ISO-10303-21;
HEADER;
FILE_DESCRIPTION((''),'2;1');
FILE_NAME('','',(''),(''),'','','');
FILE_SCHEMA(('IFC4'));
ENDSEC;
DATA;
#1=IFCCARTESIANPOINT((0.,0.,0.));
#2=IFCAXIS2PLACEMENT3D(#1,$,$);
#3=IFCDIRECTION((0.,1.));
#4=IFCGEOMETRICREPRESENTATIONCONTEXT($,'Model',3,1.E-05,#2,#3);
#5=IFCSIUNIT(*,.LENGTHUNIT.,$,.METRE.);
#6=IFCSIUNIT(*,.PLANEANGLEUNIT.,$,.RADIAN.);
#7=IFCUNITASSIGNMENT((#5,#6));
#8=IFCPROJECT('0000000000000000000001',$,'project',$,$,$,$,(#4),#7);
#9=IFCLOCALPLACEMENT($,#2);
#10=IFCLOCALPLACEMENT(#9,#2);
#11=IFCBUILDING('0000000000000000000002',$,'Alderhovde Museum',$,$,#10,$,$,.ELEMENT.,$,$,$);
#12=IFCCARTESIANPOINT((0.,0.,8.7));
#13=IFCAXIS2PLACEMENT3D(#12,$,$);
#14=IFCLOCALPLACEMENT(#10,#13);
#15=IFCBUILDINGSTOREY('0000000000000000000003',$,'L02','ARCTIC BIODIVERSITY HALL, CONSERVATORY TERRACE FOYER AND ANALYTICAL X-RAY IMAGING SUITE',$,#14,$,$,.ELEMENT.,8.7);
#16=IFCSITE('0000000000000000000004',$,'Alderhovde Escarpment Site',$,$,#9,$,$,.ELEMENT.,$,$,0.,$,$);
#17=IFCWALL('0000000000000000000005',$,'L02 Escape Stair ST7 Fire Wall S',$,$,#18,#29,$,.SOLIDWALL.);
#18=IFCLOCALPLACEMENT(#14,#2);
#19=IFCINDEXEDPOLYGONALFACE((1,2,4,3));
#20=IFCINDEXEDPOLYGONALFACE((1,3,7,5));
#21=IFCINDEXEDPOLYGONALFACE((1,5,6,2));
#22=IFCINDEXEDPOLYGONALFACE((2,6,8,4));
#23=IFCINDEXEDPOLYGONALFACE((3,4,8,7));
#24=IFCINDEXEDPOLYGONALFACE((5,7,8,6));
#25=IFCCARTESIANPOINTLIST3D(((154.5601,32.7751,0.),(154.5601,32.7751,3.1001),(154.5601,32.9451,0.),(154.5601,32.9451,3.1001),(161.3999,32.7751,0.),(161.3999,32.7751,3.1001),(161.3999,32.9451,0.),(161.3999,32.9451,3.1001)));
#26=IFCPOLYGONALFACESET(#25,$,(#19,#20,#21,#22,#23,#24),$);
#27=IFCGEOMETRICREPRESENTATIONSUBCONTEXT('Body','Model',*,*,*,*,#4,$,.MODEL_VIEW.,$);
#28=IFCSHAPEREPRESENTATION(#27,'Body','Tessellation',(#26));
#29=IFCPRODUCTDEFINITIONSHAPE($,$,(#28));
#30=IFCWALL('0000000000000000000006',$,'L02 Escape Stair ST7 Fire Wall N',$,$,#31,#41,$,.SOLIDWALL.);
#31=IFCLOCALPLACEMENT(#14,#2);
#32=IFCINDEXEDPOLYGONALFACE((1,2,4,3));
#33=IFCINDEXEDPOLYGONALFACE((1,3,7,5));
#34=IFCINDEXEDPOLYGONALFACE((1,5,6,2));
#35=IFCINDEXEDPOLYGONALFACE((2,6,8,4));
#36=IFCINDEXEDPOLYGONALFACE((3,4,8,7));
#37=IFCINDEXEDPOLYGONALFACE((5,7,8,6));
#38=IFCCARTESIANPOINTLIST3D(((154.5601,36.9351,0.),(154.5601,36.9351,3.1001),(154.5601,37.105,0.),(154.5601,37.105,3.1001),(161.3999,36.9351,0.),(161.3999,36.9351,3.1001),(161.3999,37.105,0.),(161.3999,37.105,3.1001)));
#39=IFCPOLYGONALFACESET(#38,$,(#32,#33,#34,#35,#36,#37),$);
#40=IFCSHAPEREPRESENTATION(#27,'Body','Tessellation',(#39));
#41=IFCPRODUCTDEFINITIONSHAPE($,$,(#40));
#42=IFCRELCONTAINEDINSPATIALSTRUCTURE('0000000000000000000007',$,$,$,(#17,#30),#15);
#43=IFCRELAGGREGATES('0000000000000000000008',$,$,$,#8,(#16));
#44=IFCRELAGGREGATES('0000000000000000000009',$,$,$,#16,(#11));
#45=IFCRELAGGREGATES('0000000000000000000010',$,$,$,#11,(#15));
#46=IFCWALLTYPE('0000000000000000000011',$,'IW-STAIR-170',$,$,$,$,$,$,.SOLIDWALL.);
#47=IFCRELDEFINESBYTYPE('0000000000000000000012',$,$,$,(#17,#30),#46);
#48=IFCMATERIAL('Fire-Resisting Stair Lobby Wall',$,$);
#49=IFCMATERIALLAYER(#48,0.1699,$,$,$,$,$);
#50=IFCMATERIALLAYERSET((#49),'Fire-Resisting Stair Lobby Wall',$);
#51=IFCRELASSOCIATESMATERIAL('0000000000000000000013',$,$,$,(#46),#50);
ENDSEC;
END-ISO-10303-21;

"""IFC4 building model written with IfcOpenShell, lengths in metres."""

from ifc_helpers import new_model, si_unit, direction, frame, frame_2d, origin, place, context, subcontext, project, spatial, rectangle, extrude, material, layer, layer_set, type_object, element, save


model = new_model("IFC4")

# Units and contexts
model_context = context("Model", 3, precision=1e-05, world=origin(), true_north=direction((0.0, 1.0)))
body_context = subcontext(model_context, "Body", "Model", "MODEL_VIEW")
ifc_project = project(units=[si_unit("LENGTHUNIT", "METRE"), si_unit("PLANEANGLEUNIT", "RADIAN")], contexts=[model_context])

# Site, building, storey
site_placement = place(None, origin())
site = spatial("IfcSite", under=ifc_project, at=site_placement, Name="Alderhovde Escarpment Site", CompositionType="ELEMENT", RefElevation=0.0)
building_placement = place(site_placement, origin())
building = spatial("IfcBuilding", under=site, at=building_placement, Name="Alderhovde Museum", CompositionType="ELEMENT")
storey_placement = place(building_placement, frame((0.0, 0.0, 8.7)))
storey = spatial("IfcBuildingStorey", under=building, at=storey_placement, Name="L02", Description="ARCTIC BIODIVERSITY HALL, CONSERVATORY TERRACE FOYER AND ANALYTICAL X-RAY IMAGING SUITE", CompositionType="ELEMENT", Elevation=8.7)

# Shared definitions
ifc_material_1 = material(Name="Fire-Resisting Stair Lobby Wall")
ifc_layer_1 = layer(ifc_material_1, 0.1699)
ifc_layer_set_1 = layer_set([ifc_layer_1], Name="Fire-Resisting Stair Lobby Wall")
wall_type_1 = type_object("IfcWallType", Name="IW-STAIR-170", PredefinedType="SOLIDWALL", material=ifc_layer_set_1)

# Walls
for number, where, z_axis, x_axis, name in (
    (1, (154.5601, 32.8601, 0.0), (0.0, 0.0, 1.0), (1.0, 0.0, 0.0), "L02 Escape Stair ST7 Fire Wall S"),
    (2, (154.5601, 37.02, 0.0), (0.0, 0.0, 1.0), (1.0, 0.0, 0.0), "L02 Escape Stair ST7 Fire Wall N"),
):
    element("IfcWall", number, at=place(storey_placement, frame(where, z_axis=z_axis, x_axis=x_axis)), inside=storey, type_object=wall_type_1, Name=name, PredefinedType="SOLIDWALL", context=body_context, shape_type="SweptSolid", body=[
        extrude(rectangle(XDim=6.8398, YDim=0.1699, at=frame_2d((3.4199, 0.0))), origin(), (0.0, 0.0, 1.0), 3.1001),
    ])

save(model, "model.ifc")
